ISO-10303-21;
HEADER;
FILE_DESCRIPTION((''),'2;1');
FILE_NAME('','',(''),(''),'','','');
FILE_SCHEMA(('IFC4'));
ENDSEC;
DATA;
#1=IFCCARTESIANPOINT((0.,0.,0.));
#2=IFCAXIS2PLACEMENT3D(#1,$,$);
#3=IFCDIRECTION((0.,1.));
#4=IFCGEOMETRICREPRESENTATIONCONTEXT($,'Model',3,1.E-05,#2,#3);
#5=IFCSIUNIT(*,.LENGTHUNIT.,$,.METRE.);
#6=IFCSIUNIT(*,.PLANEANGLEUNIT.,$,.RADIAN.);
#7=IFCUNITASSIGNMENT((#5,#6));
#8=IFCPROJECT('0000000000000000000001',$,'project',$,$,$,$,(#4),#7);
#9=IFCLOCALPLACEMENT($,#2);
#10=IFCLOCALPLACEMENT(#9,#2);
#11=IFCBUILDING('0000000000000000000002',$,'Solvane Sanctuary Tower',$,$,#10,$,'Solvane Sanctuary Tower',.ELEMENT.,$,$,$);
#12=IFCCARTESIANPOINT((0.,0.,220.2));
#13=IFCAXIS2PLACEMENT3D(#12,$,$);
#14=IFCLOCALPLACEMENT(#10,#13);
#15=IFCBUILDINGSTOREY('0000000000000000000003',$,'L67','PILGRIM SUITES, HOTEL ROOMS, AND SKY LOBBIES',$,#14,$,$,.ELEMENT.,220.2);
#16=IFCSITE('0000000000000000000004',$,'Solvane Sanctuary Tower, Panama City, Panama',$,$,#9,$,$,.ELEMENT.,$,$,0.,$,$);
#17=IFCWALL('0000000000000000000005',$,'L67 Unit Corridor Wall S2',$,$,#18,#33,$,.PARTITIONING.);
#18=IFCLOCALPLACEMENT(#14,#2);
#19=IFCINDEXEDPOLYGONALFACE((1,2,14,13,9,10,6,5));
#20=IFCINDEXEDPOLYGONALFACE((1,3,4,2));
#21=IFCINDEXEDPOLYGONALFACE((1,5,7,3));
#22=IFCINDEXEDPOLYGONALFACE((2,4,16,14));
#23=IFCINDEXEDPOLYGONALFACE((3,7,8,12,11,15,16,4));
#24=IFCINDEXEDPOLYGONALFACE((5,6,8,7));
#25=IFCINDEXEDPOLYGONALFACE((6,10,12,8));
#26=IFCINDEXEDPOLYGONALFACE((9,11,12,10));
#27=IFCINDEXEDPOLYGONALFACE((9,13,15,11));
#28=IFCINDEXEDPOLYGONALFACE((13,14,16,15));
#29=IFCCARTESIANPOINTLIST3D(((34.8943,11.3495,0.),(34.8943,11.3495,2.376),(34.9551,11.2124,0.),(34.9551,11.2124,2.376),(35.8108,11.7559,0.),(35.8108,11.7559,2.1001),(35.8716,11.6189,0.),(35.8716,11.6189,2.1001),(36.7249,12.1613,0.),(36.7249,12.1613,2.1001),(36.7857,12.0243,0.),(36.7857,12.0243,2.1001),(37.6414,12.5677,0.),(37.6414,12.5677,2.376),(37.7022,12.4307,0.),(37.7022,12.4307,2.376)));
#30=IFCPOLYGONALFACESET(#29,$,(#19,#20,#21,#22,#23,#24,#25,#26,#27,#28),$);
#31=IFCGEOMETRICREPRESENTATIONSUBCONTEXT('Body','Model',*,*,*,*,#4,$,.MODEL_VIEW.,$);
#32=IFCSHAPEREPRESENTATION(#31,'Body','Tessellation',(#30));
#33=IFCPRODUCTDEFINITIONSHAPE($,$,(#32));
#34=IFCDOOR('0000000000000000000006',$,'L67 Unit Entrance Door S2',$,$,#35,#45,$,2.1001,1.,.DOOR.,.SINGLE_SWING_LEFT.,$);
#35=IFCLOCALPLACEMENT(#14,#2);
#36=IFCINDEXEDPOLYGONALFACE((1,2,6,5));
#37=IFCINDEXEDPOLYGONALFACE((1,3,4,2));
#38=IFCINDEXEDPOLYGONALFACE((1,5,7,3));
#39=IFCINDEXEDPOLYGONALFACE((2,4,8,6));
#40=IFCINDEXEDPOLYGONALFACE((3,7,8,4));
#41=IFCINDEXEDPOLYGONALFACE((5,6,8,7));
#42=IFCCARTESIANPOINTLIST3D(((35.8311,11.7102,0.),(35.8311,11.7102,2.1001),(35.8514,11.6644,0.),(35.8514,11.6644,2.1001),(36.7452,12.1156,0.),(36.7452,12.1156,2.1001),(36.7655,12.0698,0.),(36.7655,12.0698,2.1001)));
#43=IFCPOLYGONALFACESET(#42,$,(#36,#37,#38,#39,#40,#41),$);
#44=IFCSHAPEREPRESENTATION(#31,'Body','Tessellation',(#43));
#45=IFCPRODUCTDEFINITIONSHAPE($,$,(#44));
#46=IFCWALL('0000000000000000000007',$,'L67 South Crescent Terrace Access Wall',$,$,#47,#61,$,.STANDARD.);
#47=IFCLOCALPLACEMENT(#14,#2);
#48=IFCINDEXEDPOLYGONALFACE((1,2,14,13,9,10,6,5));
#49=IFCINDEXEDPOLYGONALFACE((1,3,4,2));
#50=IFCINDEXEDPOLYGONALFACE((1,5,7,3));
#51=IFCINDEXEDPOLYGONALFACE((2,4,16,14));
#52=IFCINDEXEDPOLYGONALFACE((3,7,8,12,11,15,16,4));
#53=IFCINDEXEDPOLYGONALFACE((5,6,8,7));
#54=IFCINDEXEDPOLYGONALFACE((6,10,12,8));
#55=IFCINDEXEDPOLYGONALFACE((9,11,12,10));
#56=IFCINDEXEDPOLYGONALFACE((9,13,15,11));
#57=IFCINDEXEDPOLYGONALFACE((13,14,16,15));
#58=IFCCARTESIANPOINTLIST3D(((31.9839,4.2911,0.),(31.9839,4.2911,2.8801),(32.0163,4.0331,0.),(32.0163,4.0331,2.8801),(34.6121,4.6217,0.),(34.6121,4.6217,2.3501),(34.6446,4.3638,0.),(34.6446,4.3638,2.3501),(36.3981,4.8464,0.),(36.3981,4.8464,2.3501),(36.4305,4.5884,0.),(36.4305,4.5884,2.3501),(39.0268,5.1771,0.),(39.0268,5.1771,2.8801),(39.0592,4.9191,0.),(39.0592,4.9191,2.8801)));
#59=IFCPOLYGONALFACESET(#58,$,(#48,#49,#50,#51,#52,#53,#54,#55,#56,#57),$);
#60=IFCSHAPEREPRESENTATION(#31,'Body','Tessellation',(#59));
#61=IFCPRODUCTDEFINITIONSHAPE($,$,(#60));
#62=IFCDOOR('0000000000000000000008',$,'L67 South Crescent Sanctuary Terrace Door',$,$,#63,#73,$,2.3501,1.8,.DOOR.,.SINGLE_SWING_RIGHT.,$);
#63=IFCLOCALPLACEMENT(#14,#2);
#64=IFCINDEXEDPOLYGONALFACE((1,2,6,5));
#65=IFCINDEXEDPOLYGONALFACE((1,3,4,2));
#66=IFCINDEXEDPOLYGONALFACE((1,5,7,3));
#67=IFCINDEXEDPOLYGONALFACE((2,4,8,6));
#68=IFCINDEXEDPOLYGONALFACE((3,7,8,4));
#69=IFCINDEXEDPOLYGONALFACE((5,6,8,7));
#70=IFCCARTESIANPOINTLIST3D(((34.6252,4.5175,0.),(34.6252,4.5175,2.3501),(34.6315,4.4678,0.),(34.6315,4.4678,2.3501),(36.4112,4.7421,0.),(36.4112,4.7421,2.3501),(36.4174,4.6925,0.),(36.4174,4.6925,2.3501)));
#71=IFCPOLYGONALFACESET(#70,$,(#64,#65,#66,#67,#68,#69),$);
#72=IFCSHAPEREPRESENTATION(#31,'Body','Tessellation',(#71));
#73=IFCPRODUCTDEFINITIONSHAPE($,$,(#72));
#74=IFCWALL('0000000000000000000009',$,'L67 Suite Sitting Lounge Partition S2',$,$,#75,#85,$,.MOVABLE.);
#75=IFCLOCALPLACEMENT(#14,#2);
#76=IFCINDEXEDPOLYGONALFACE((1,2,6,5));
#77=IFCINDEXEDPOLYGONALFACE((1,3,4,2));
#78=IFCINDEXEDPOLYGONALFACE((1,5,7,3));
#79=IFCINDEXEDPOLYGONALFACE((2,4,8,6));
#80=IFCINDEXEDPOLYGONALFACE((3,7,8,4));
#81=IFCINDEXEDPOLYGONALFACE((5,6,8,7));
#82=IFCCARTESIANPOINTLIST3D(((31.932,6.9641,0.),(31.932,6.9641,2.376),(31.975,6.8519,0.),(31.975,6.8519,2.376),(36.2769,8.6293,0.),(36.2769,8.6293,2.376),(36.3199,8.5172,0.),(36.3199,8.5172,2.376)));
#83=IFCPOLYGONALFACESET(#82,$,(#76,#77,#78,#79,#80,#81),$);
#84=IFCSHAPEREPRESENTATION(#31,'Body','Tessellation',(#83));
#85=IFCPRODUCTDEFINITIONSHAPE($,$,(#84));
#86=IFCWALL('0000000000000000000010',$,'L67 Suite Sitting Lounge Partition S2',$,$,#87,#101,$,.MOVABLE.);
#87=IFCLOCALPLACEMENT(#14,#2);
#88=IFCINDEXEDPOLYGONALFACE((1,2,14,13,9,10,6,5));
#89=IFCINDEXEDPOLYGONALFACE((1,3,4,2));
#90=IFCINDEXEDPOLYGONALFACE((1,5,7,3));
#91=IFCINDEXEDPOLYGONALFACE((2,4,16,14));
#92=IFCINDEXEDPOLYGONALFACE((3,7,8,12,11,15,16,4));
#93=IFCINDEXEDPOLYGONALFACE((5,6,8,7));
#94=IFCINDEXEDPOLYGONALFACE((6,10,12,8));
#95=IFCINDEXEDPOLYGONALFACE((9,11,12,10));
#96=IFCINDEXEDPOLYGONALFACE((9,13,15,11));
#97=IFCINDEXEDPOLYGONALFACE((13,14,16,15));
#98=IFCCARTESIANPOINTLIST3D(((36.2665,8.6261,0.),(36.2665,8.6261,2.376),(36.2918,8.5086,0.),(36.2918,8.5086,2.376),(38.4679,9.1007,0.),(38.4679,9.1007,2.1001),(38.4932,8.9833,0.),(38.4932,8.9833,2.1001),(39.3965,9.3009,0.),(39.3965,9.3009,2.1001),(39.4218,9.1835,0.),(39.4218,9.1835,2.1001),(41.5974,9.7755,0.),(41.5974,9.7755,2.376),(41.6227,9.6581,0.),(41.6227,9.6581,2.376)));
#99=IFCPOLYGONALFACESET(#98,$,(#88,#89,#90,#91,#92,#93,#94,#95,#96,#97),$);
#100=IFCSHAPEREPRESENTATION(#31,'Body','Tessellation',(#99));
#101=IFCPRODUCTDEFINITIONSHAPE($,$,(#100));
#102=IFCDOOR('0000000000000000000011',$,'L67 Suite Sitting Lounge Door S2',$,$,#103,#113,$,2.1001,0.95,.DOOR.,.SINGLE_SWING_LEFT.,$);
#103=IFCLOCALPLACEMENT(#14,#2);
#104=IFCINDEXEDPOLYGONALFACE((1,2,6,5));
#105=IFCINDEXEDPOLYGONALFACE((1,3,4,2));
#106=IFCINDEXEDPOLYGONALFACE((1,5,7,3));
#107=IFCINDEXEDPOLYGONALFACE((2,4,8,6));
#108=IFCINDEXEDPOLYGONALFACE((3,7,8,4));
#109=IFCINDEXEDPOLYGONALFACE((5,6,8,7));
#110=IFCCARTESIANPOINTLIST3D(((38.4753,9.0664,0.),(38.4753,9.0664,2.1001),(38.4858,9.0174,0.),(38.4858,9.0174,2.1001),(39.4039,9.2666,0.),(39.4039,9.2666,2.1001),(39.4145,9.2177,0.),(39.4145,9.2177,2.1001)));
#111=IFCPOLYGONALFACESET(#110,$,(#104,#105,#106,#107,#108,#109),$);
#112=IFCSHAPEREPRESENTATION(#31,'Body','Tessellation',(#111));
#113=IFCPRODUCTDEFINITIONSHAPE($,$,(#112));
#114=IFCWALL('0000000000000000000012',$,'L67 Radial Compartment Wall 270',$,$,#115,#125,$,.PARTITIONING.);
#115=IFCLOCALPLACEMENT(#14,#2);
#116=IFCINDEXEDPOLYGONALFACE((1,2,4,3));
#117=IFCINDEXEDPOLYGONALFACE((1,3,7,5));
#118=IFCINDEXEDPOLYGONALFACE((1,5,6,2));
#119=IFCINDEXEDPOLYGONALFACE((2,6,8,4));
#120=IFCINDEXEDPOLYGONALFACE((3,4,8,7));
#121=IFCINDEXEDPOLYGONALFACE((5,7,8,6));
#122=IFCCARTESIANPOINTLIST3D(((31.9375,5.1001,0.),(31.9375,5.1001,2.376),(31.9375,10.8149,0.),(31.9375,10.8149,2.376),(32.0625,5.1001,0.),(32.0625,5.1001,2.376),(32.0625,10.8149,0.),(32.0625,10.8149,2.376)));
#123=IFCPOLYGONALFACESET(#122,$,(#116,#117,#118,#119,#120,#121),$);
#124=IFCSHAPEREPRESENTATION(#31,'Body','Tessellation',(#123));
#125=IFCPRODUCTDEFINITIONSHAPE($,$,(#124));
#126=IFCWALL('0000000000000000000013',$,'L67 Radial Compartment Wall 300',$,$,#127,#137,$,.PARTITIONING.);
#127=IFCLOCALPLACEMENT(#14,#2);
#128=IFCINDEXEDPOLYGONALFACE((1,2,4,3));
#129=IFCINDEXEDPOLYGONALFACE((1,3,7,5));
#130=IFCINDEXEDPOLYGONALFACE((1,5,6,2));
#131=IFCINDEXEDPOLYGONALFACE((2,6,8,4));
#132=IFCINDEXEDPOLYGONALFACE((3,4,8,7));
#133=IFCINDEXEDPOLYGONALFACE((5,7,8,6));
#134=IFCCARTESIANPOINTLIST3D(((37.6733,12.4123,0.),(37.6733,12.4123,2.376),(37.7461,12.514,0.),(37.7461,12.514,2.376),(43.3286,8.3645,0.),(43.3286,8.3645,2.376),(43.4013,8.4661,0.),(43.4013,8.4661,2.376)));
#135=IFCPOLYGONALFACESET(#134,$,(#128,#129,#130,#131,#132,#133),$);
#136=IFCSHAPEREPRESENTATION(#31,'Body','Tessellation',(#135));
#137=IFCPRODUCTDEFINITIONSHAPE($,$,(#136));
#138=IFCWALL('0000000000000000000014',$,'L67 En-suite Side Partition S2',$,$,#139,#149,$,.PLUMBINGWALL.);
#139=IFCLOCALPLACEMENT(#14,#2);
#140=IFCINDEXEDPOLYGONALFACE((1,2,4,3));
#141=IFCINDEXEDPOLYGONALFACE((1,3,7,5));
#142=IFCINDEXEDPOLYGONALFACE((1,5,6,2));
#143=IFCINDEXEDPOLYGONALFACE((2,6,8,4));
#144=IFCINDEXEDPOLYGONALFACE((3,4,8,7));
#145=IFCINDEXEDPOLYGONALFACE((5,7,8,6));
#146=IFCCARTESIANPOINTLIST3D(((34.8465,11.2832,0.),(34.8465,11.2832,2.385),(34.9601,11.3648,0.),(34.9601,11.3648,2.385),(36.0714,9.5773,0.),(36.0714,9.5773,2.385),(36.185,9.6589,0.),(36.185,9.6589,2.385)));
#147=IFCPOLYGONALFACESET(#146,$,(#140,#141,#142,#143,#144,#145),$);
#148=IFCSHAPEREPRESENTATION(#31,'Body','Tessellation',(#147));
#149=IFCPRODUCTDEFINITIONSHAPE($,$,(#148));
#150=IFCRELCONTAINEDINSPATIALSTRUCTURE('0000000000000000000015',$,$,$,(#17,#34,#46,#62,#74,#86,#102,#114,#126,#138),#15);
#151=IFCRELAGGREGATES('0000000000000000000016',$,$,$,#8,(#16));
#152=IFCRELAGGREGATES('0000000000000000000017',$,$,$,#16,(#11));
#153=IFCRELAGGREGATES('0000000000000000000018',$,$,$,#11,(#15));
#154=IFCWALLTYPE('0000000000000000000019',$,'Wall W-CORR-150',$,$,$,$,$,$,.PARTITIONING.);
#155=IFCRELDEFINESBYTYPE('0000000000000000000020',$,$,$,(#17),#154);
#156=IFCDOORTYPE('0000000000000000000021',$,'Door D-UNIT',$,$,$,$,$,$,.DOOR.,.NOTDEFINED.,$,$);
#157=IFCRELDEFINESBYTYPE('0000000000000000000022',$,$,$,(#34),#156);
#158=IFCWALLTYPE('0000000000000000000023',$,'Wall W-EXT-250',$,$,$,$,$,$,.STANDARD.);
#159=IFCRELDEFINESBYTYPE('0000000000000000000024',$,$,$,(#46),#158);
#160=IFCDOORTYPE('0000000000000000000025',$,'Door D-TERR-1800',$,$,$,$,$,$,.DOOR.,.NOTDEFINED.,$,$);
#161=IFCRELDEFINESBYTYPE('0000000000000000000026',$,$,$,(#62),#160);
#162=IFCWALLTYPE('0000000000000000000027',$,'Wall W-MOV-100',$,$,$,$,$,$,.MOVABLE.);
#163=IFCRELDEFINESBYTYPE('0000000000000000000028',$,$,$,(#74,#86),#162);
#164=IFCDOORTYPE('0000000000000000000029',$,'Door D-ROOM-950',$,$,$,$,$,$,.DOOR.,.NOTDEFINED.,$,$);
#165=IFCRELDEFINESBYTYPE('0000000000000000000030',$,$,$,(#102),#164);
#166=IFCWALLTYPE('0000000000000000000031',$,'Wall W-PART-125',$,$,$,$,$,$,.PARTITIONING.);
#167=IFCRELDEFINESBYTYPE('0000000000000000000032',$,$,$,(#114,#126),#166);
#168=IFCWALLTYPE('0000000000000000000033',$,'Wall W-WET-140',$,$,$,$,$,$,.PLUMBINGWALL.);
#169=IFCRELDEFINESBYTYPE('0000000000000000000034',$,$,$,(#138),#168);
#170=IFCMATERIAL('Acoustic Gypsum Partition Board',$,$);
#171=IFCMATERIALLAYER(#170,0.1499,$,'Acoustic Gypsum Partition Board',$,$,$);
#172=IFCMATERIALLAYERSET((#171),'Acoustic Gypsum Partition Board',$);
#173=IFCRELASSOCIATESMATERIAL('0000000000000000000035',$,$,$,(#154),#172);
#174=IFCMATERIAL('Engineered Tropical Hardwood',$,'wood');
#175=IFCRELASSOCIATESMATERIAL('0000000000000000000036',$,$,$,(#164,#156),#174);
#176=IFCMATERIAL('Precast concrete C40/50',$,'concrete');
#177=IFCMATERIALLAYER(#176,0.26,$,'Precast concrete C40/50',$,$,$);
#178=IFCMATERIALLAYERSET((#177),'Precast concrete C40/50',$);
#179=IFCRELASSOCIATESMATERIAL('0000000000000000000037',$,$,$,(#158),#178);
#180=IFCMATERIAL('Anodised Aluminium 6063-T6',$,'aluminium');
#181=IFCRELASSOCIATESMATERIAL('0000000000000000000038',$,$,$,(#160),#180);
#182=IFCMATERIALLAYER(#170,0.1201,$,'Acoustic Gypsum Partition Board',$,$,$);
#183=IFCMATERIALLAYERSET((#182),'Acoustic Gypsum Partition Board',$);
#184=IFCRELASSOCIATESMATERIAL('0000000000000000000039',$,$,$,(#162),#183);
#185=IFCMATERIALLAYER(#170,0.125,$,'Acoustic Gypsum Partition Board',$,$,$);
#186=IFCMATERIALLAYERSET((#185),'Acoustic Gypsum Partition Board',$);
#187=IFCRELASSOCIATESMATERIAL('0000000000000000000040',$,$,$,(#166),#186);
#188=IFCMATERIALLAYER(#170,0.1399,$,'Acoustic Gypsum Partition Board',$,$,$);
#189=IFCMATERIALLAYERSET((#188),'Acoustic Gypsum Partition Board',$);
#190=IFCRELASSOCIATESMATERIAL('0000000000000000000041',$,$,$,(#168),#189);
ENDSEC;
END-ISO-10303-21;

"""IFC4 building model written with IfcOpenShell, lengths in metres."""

from ifc_helpers import new_model, si_unit, direction, frame, frame_2d, origin, place, context, subcontext, project, spatial, rectangle, extrude, material, layer, layer_set, type_object, element, fill, save


model = new_model("IFC4")

# Units and contexts
model_context = context("Model", 3, precision=1e-05, world=origin(), true_north=direction((0.0, 1.0)))
body_context = subcontext(model_context, "Body", "Model", "MODEL_VIEW")
ifc_project = project(units=[si_unit("LENGTHUNIT", "METRE"), si_unit("PLANEANGLEUNIT", "RADIAN")], contexts=[model_context])

# Site, building, storey
site_placement = place(None, origin())
site = spatial("IfcSite", under=ifc_project, at=site_placement, Name="Solvane Sanctuary Tower, Panama City, Panama", CompositionType="ELEMENT", RefElevation=0.0)
building_placement = place(site_placement, origin())
building = spatial("IfcBuilding", under=site, at=building_placement, Name="Solvane Sanctuary Tower", LongName="Solvane Sanctuary Tower", CompositionType="ELEMENT")
storey_placement = place(building_placement, frame((0.0, 0.0, 220.2)))
storey = spatial("IfcBuildingStorey", under=building, at=storey_placement, Name="L67", Description="PILGRIM SUITES, HOTEL ROOMS, AND SKY LOBBIES", CompositionType="ELEMENT", Elevation=220.2)

# Shared definitions
ifc_material_1 = material(Name="Acoustic Gypsum Partition Board")
ifc_layer_1 = layer(ifc_material_1, 0.1499, Name="Acoustic Gypsum Partition Board")
ifc_layer_set_1 = layer_set([ifc_layer_1], Name="Acoustic Gypsum Partition Board")
wall_type_1 = type_object("IfcWallType", Name="Wall W-CORR-150", PredefinedType="PARTITIONING", material=ifc_layer_set_1)

# Shared definitions
ifc_material_2 = material(Name="Engineered Tropical Hardwood", Category="wood")
door_type_1 = type_object("IfcDoorType", Name="Door D-ROOM-950", OperationType="NOTDEFINED", PredefinedType="DOOR", material=ifc_material_2)

# Walls, openings, doors
wall_1_placement = place(storey_placement, frame((34.9248, 11.281, 0.0), z_axis=(0.0, 0.0, 1.0), x_axis=(0.91414, 0.4054, 0.0)))
wall_1 = element("IfcWall", 1, at=wall_1_placement, inside=storey, type_object=wall_type_1, Name="L67 Unit Corridor Wall S2", PredefinedType="PARTITIONING", context=body_context, shape_type="SweptSolid", body=[
    extrude(rectangle(XDim=3.0051, YDim=0.1499, at=frame_2d((1.5024, 0.0))), origin(), (0.0, 0.0, 1.0), 2.376),
])
opening_1_placement = place(wall_1_placement, frame((1.0024, 0.0, 0.0)))
opening_1 = element("IfcOpeningElement", 2, at=opening_1_placement, cuts=wall_1, PredefinedType="OPENING", context=body_context, shape_type="SweptSolid", body=[
    extrude(rectangle(XDim=1.0, YDim=2.1001, at=frame_2d((0.5, 1.05))), frame((0.0, 0.085, 0.0), z_axis=(0.0, -1.0, 0.0), x_axis=(1.0, 0.0, 0.0)), (0.0, 0.0, 1.0), 0.1699),
])
door_type_2 = type_object("IfcDoorType", Name="Door D-UNIT", OperationType="NOTDEFINED", PredefinedType="DOOR", material=ifc_material_2)
door_1_placement = place(opening_1_placement, origin())
door_1 = element("IfcDoor", 3, at=door_1_placement, inside=storey, type_object=door_type_2, Name="L67 Unit Entrance Door S2", OperationType="SINGLE_SWING_LEFT", OverallHeight=2.1001, OverallWidth=1.0, PredefinedType="DOOR", context=body_context, shape_type="SweptSolid", body=[
    extrude(rectangle(XDim=1.0, YDim=2.1001, at=frame_2d((0.5, 1.05))), frame((0.0, 0.0249, 0.0), z_axis=(0.0, -1.0, 0.0), x_axis=(1.0, 0.0, 0.0)), (0.0, 0.0, 1.0), 0.05),
])
fill(opening_1, door_1)
ifc_material_3 = material(Name="Precast concrete C40/50", Category="concrete")
ifc_layer_2 = layer(ifc_material_3, 0.26, Name="Precast concrete C40/50")
ifc_layer_set_2 = layer_set([ifc_layer_2], Name="Precast concrete C40/50")
wall_type_2 = type_object("IfcWallType", Name="Wall W-EXT-250", PredefinedType="STANDARD", material=ifc_layer_set_2)
wall_2_placement = place(storey_placement, frame((32.0, 4.1621, 0.0), z_axis=(0.0, 0.0, 1.0), x_axis=(0.99218, 0.124814, 0.0)))
wall_2 = element("IfcWall", 4, at=wall_2_placement, inside=storey, type_object=wall_type_2, Name="L67 South Crescent Terrace Access Wall", PredefinedType="STANDARD", context=body_context, shape_type="SweptSolid", body=[
    extrude(rectangle(XDim=7.0984, YDim=0.26, at=frame_2d((3.5493, 0.0))), origin(), (0.0, 0.0, 1.0), 2.8801),
])
opening_2_placement = place(wall_2_placement, frame((2.6492, 0.0, 0.0)))
opening_2 = element("IfcOpeningElement", 5, at=opening_2_placement, cuts=wall_2, PredefinedType="OPENING", context=body_context, shape_type="SweptSolid", body=[
    extrude(rectangle(XDim=1.8, YDim=2.3501, at=frame_2d((0.8999, 1.175))), frame((0.0, 0.1399, 0.0), z_axis=(0.0, -1.0, 0.0), x_axis=(1.0, 0.0, 0.0)), (0.0, 0.0, 1.0), 0.28),
])
ifc_material_4 = material(Name="Anodised Aluminium 6063-T6", Category="aluminium")
door_type_3 = type_object("IfcDoorType", Name="Door D-TERR-1800", OperationType="NOTDEFINED", PredefinedType="DOOR", material=ifc_material_4)
door_2_placement = place(opening_2_placement, origin())
door_2 = element("IfcDoor", 6, at=door_2_placement, inside=storey, type_object=door_type_3, Name="L67 South Crescent Sanctuary Terrace Door", OperationType="SINGLE_SWING_RIGHT", OverallHeight=2.3501, OverallWidth=1.8, PredefinedType="DOOR", context=body_context, shape_type="SweptSolid", body=[
    extrude(rectangle(XDim=1.8, YDim=2.3501, at=frame_2d((0.8999, 1.175))), frame((0.0, 0.0249, 0.0), z_axis=(0.0, -1.0, 0.0), x_axis=(1.0, 0.0, 0.0)), (0.0, 0.0, 1.0), 0.05),
])
fill(opening_2, door_2)

# Wall
ifc_layer_3 = layer(ifc_material_1, 0.1201, Name="Acoustic Gypsum Partition Board")
ifc_layer_set_3 = layer_set([ifc_layer_3], Name="Acoustic Gypsum Partition Board")
wall_type_3 = type_object("IfcWallType", Name="Wall W-MOV-100", PredefinedType="MOVABLE", material=ifc_layer_set_3)
wall_3_placement = place(storey_placement, frame((31.9534, 6.908, 0.0), z_axis=(0.0, 0.0, 1.0), x_axis=(0.933767, 0.357882, 0.0)))
element("IfcWall", 7, at=wall_3_placement, inside=storey, type_object=wall_type_3, Name="L67 Suite Sitting Lounge Partition S2", PredefinedType="MOVABLE", context=body_context, shape_type="SweptSolid", body=[
    extrude(rectangle(XDim=4.6531, YDim=0.1201, at=frame_2d((2.3267, 0.0))), origin(), (0.0, 0.0, 1.0), 2.376),
])

# Wall, opening, door
wall_4_placement = place(storey_placement, frame((36.2793, 8.5674, 0.0), z_axis=(0.0, 0.0, 1.0), x_axis=(0.977535, 0.210773, 0.0)))
wall_4 = element("IfcWall", 8, at=wall_4_placement, inside=storey, type_object=wall_type_3, Name="L67 Suite Sitting Lounge Partition S2", PredefinedType="MOVABLE", context=body_context, shape_type="SweptSolid", body=[
    extrude(rectangle(XDim=5.4534, YDim=0.1201, at=frame_2d((2.7266, 0.0))), origin(), (0.0, 0.0, 1.0), 2.376),
])
opening_3_placement = place(wall_4_placement, frame((2.2517, 0.0, 0.0)))
opening_3 = element("IfcOpeningElement", 9, at=opening_3_placement, cuts=wall_4, PredefinedType="OPENING", context=body_context, shape_type="SweptSolid", body=[
    extrude(rectangle(XDim=0.95, YDim=2.1001, at=frame_2d((0.4751, 1.05))), frame((0.0, 0.0701, 0.0), z_axis=(0.0, -1.0, 0.0), x_axis=(1.0, 0.0, 0.0)), (0.0, 0.0, 1.0), 0.1401),
])
door_3_placement = place(opening_3_placement, origin())
door_3 = element("IfcDoor", 10, at=door_3_placement, inside=storey, type_object=door_type_1, Name="L67 Suite Sitting Lounge Door S2", OperationType="SINGLE_SWING_LEFT", OverallHeight=2.1001, OverallWidth=0.95, PredefinedType="DOOR", context=body_context, shape_type="SweptSolid", body=[
    extrude(rectangle(XDim=0.95, YDim=2.1001, at=frame_2d((0.4751, 1.05))), frame((0.0, 0.0249, 0.0), z_axis=(0.0, -1.0, 0.0), x_axis=(1.0, 0.0, 0.0)), (0.0, 0.0, 1.0), 0.05),
])
fill(opening_3, door_3)

# Walls
ifc_layer_4 = layer(ifc_material_1, 0.125, Name="Acoustic Gypsum Partition Board")
ifc_layer_set_4 = layer_set([ifc_layer_4], Name="Acoustic Gypsum Partition Board")
wall_type_4 = type_object("IfcWallType", Name="Wall W-PART-125", PredefinedType="PARTITIONING", material=ifc_layer_set_4)
wall_5_placement = place(storey_placement, frame((32.0, 10.8149, 0.0), z_axis=(0.0, 0.0, 1.0), x_axis=(0.0, -1.0, 0.0)))
element("IfcWall", 11, at=wall_5_placement, inside=storey, type_object=wall_type_4, Name="L67 Radial Compartment Wall 270", PredefinedType="PARTITIONING", context=body_context, shape_type="SweptSolid", body=[
    extrude(rectangle(XDim=5.7148, YDim=0.125, at=frame_2d((2.8574, 0.0))), origin(), (0.0, 0.0, 1.0), 2.376),
])
wall_6_placement = place(storey_placement, frame((37.7097, 12.4631, 0.0), z_axis=(0.0, 0.0, 1.0), x_axis=(0.813164, -0.582035, 0.0)))
element("IfcWall", 12, at=wall_6_placement, inside=storey, type_object=wall_type_4, Name="L67 Radial Compartment Wall 300", PredefinedType="PARTITIONING", context=body_context, shape_type="SweptSolid", body=[
    extrude(rectangle(XDim=6.9546, YDim=0.125, at=frame_2d((3.4773, 0.0))), origin(), (0.0, 0.0, 1.0), 2.376),
])
ifc_layer_5 = layer(ifc_material_1, 0.1399, Name="Acoustic Gypsum Partition Board")
ifc_layer_set_5 = layer_set([ifc_layer_5], Name="Acoustic Gypsum Partition Board")
wall_type_5 = type_object("IfcWallType", Name="Wall W-WET-140", PredefinedType="PLUMBINGWALL", material=ifc_layer_set_5)
wall_7_placement = place(storey_placement, frame((34.9033, 11.324, 0.0), z_axis=(0.0, 0.0, 1.0), x_axis=(0.58326, -0.812286, 0.0)))
element("IfcWall", 13, at=wall_7_placement, inside=storey, type_object=wall_type_5, Name="L67 En-suite Side Partition S2", PredefinedType="PLUMBINGWALL", context=body_context, shape_type="SweptSolid", body=[
    extrude(rectangle(XDim=2.1001, YDim=0.1399, at=frame_2d((1.05, 0.0))), origin(), (0.0, 0.0, 1.0), 2.385),
])

save(model, "model.ifc")
